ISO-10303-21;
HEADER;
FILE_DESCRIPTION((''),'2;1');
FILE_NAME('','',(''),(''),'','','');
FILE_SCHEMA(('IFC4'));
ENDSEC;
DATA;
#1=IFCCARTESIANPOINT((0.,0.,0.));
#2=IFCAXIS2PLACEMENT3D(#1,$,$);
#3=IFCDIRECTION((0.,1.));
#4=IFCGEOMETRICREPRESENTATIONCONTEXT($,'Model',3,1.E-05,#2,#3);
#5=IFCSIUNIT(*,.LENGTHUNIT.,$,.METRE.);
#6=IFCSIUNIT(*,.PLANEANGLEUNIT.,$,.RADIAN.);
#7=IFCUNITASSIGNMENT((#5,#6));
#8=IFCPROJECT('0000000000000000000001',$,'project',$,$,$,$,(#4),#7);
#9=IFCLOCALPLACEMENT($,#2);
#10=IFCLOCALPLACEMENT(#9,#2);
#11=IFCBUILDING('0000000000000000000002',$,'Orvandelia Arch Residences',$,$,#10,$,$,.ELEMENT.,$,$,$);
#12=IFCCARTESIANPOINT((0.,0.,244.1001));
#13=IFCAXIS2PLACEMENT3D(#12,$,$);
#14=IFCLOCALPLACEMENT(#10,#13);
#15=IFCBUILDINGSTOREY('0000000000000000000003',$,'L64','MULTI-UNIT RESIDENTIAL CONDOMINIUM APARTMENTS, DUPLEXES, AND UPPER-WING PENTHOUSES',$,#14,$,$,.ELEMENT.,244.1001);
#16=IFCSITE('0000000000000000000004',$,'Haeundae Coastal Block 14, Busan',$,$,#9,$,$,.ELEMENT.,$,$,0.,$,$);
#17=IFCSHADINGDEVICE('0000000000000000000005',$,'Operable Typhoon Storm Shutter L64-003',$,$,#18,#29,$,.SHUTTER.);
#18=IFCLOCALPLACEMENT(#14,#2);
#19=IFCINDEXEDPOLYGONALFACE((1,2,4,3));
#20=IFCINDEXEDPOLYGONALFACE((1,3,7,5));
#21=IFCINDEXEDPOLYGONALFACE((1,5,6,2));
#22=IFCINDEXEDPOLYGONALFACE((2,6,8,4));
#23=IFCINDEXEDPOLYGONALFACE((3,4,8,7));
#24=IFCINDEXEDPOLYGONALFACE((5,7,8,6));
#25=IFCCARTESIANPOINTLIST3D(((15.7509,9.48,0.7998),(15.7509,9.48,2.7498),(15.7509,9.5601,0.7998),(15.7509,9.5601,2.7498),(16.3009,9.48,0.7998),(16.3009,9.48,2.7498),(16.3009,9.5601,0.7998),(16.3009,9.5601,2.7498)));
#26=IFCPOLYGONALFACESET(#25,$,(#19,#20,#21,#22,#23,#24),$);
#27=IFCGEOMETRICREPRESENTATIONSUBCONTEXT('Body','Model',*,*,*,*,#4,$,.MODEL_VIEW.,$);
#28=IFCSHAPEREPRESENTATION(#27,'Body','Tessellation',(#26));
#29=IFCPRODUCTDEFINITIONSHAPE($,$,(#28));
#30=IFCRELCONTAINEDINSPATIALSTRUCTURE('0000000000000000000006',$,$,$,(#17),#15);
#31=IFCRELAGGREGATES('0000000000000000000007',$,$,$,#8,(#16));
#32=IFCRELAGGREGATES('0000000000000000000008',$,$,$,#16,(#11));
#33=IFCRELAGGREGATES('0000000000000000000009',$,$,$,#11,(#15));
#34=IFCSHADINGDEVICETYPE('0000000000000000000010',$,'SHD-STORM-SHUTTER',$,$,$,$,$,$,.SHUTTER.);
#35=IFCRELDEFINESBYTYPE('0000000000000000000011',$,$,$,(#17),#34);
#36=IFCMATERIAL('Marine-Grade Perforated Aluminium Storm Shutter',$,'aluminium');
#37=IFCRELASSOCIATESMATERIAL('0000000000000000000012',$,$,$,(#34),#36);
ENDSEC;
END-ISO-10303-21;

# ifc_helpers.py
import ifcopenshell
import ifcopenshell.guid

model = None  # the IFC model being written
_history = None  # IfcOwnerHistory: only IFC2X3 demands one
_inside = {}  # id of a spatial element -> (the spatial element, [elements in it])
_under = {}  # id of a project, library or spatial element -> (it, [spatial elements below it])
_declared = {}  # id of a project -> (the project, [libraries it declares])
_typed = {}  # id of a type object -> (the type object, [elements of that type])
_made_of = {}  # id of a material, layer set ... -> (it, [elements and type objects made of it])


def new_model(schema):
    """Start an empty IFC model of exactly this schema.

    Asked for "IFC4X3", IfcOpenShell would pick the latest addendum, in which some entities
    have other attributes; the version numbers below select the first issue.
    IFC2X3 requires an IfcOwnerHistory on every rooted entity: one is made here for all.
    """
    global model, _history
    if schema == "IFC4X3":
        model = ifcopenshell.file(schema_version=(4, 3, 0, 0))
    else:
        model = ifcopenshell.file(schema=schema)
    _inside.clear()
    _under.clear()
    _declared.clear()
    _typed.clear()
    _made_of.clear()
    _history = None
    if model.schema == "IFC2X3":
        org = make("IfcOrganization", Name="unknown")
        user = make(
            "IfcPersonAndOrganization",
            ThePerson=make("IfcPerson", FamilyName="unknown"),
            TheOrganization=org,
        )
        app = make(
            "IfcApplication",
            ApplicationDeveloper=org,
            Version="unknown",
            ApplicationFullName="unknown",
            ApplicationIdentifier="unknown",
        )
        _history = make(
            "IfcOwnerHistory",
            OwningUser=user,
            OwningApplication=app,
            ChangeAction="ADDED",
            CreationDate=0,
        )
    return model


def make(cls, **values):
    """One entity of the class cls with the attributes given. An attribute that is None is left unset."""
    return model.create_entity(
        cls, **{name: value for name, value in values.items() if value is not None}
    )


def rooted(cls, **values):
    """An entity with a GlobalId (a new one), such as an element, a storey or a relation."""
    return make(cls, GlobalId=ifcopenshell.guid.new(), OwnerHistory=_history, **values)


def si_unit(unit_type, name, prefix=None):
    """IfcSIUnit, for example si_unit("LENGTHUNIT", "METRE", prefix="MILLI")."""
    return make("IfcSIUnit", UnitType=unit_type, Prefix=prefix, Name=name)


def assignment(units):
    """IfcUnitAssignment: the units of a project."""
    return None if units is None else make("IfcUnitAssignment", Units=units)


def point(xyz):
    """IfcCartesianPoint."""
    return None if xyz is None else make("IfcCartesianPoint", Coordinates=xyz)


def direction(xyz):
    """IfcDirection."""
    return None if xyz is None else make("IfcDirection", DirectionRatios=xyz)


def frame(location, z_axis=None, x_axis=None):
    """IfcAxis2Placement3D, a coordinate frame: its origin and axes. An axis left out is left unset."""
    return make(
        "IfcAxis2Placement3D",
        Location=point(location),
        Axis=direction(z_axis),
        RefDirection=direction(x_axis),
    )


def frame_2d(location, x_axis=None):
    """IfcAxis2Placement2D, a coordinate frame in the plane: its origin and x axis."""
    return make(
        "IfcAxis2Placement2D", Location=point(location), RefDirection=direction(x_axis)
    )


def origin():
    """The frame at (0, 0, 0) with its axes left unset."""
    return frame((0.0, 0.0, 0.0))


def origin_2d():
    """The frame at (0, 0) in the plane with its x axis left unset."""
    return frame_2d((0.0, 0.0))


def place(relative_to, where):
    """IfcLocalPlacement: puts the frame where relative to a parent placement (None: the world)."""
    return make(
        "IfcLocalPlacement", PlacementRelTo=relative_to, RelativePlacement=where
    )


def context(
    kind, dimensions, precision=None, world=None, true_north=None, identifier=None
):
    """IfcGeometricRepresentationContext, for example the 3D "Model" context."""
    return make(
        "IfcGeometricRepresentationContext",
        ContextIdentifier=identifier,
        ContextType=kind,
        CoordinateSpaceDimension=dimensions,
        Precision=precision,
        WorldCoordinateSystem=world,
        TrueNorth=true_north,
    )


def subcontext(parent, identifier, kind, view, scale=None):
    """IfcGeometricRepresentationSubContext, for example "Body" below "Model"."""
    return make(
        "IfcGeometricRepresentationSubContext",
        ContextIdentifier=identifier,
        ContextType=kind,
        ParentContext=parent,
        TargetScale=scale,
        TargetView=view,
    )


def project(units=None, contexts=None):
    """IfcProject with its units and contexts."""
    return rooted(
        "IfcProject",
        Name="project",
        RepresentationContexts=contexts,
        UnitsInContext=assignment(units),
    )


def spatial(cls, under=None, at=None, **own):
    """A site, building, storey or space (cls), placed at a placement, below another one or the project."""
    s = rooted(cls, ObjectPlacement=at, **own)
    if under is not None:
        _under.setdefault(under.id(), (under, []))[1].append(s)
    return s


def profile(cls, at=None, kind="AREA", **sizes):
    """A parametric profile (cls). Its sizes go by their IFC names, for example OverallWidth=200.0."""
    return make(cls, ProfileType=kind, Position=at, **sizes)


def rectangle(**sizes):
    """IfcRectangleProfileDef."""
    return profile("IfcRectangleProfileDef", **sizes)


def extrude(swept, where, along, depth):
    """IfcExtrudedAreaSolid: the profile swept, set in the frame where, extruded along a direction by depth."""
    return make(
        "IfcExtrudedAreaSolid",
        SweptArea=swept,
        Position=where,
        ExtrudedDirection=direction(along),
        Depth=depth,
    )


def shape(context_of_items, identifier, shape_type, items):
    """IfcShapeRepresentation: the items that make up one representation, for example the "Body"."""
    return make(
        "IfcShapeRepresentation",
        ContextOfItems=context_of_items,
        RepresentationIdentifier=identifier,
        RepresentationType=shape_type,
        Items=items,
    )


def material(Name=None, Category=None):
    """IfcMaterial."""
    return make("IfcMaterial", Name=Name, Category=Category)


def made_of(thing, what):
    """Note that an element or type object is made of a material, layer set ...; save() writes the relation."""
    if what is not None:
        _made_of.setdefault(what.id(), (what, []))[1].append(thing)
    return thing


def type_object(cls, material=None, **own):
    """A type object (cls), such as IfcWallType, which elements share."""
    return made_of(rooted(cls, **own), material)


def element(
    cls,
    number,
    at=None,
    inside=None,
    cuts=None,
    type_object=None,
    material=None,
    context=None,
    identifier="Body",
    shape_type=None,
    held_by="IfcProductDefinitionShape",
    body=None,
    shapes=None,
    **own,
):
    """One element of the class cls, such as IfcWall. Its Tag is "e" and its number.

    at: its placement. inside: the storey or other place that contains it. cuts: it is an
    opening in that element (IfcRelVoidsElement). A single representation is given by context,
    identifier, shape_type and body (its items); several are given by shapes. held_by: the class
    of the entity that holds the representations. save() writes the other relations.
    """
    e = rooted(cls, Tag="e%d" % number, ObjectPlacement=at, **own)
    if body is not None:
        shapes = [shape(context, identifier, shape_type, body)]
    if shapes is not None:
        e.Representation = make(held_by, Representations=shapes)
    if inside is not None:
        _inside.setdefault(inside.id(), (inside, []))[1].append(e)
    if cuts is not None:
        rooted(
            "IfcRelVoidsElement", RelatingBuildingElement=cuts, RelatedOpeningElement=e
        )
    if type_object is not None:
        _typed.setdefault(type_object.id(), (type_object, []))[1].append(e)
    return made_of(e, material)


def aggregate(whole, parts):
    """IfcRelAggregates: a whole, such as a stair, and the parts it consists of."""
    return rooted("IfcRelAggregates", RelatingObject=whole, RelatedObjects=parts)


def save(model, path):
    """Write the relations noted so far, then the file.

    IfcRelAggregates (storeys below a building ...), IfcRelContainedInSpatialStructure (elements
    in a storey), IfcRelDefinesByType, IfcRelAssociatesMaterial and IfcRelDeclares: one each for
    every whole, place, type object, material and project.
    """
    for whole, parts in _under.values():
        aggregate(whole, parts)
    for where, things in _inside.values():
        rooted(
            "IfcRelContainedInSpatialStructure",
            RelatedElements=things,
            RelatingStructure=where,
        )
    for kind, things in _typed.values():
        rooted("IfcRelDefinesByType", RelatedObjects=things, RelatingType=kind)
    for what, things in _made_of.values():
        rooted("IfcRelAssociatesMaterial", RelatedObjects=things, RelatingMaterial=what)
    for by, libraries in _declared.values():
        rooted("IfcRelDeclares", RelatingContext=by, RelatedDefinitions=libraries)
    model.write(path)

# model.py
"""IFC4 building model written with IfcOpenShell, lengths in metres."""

from ifc_helpers import new_model, si_unit, direction, frame, origin, origin_2d, place, context, subcontext, project, spatial, rectangle, extrude, material, type_object, element, save


model = new_model("IFC4")

# Units and contexts
model_context = context("Model", 3, precision=1e-05, world=origin(), true_north=direction((0.0, 1.0)))
body_context = subcontext(model_context, "Body", "Model", "MODEL_VIEW")
ifc_project = project(units=[si_unit("LENGTHUNIT", "METRE"), si_unit("PLANEANGLEUNIT", "RADIAN")], contexts=[model_context])

# Site, building, storey
site_placement = place(None, origin())
site = spatial("IfcSite", under=ifc_project, at=site_placement, Name="Haeundae Coastal Block 14, Busan", CompositionType="ELEMENT", RefElevation=0.0)
building_placement = place(site_placement, origin())
building = spatial("IfcBuilding", under=site, at=building_placement, Name="Orvandelia Arch Residences", CompositionType="ELEMENT")
storey_placement = place(building_placement, frame((0.0, 0.0, 244.1001)))
storey = spatial("IfcBuildingStorey", under=building, at=storey_placement, Name="L64", Description="MULTI-UNIT RESIDENTIAL CONDOMINIUM APARTMENTS, DUPLEXES, AND UPPER-WING PENTHOUSES", CompositionType="ELEMENT", Elevation=244.1001)

# Shading device
ifc_material_1 = material(Name="Marine-Grade Perforated Aluminium Storm Shutter", Category="aluminium")
shading_device_type_1 = type_object("IfcShadingDeviceType", Name="SHD-STORM-SHUTTER", PredefinedType="SHUTTER", material=ifc_material_1)
shading_device_1_placement = place(storey_placement, frame((16.0259, 9.52, 0.7998), z_axis=(0.0, 0.0, 1.0), x_axis=(-1.0, 0.0, 0.0)))
element("IfcShadingDevice", 1, at=shading_device_1_placement, inside=storey, type_object=shading_device_type_1, Name="Operable Typhoon Storm Shutter L64-003", PredefinedType="SHUTTER", context=body_context, shape_type="SweptSolid", body=[
    extrude(rectangle(XDim=0.55, YDim=0.0801, at=origin_2d()), origin(), (0.0, 0.0, 1.0), 1.95),
])

save(model, "model.ifc")
